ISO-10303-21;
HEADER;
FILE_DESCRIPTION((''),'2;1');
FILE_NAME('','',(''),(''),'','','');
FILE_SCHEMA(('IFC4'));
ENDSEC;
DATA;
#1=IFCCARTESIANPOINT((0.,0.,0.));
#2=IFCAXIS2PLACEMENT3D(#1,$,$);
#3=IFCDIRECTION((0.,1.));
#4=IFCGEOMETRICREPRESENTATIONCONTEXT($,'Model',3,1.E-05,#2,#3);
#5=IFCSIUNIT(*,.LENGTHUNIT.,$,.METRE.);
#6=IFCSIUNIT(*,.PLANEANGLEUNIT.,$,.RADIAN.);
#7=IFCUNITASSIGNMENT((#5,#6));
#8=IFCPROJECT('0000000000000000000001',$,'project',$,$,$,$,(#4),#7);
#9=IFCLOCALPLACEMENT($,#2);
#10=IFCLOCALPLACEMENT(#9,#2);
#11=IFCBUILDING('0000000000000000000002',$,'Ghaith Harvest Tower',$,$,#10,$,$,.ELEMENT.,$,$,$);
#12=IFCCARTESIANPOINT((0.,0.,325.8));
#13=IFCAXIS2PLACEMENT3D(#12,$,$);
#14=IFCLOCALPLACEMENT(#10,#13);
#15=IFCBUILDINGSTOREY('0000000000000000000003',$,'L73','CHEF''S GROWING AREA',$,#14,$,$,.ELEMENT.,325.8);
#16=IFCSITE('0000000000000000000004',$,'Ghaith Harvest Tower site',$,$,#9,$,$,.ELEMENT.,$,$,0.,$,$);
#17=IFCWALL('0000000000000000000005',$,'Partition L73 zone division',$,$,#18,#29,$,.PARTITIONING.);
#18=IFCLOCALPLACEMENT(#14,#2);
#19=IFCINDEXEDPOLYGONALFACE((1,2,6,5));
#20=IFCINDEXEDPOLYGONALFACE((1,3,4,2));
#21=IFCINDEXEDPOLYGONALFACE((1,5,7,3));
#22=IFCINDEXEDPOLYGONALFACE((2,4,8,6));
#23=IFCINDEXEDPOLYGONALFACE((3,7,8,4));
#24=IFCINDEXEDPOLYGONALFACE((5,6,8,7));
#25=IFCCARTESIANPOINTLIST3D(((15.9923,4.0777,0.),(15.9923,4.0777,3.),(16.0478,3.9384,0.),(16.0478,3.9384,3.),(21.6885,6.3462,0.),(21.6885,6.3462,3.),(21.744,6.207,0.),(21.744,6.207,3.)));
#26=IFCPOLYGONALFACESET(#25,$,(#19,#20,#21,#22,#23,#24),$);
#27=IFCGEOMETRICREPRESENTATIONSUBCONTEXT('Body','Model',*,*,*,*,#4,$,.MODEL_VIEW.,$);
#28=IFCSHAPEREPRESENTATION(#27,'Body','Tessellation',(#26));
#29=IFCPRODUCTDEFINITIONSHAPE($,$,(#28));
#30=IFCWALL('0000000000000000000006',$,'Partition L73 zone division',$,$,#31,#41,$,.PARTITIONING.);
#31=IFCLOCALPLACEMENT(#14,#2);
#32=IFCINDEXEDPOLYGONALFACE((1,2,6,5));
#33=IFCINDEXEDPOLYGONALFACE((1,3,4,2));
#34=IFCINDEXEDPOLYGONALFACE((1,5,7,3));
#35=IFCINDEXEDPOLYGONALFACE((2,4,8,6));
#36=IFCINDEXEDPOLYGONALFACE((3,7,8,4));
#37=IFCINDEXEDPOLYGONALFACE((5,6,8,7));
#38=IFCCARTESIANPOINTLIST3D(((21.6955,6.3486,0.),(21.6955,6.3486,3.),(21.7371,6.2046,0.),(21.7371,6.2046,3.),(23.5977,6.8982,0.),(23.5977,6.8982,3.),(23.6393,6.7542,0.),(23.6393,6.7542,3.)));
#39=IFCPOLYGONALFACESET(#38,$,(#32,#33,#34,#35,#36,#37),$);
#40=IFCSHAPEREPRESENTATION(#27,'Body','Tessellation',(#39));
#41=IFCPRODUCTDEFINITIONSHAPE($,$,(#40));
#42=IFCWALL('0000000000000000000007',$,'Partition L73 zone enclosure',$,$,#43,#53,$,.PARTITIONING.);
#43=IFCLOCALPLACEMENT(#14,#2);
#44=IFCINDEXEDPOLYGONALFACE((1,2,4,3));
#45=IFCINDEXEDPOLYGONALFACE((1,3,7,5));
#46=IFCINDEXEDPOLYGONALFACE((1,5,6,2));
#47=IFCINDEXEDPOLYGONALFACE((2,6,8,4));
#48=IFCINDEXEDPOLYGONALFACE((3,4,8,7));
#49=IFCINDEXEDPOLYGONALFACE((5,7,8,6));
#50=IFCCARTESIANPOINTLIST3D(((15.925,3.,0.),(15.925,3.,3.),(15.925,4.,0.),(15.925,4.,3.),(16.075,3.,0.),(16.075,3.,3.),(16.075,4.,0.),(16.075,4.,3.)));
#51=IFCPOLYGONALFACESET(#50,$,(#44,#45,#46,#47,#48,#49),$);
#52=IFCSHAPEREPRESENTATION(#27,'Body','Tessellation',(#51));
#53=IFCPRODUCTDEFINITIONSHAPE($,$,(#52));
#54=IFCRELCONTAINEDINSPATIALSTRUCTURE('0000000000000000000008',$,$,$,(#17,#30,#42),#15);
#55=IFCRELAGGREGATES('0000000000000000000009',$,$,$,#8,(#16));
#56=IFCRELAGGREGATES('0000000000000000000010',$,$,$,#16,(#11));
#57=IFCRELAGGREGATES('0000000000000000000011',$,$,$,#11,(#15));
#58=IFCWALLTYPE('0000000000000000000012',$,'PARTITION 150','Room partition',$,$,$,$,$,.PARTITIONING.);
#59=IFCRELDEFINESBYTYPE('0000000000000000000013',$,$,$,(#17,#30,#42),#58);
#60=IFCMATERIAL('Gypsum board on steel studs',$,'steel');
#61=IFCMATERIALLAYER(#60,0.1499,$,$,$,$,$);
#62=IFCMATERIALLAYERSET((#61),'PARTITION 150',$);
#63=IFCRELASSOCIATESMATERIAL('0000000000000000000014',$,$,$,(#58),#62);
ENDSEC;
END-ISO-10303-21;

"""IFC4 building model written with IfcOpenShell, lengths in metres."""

from ifc_helpers import new_model, si_unit, direction, frame, frame_2d, origin, place, context, subcontext, project, spatial, rectangle, extrude, material, layer, layer_set, type_object, element, save


model = new_model("IFC4")

# Units and contexts
model_context = context("Model", 3, precision=1e-05, world=origin(), true_north=direction((0.0, 1.0)))
body_context = subcontext(model_context, "Body", "Model", "MODEL_VIEW")
ifc_project = project(units=[si_unit("LENGTHUNIT", "METRE"), si_unit("PLANEANGLEUNIT", "RADIAN")], contexts=[model_context])

# Site, building, storey
site_placement = place(None, origin())
site = spatial("IfcSite", under=ifc_project, at=site_placement, Name="Ghaith Harvest Tower site", CompositionType="ELEMENT", RefElevation=0.0)
building_placement = place(site_placement, origin())
building = spatial("IfcBuilding", under=site, at=building_placement, Name="Ghaith Harvest Tower", CompositionType="ELEMENT")
storey_placement = place(building_placement, frame((0.0, 0.0, 325.8)))
storey = spatial("IfcBuildingStorey", under=building, at=storey_placement, Name="L73", Description="CHEF'S GROWING AREA", CompositionType="ELEMENT", Elevation=325.8)

# Walls
ifc_material_1 = material(Name="Gypsum board on steel studs", Category="steel")
ifc_layer_1 = layer(ifc_material_1, 0.1499)
ifc_layer_set_1 = layer_set([ifc_layer_1], Name="PARTITION 150")
wall_type = type_object("IfcWallType", Name="PARTITION 150", Description="Room partition", PredefinedType="PARTITIONING", material=ifc_layer_set_1)
wall_1_placement = place(storey_placement, frame((16.02, 4.0081, 0.0), z_axis=(0.0, 0.0, 1.0), x_axis=(0.929036, 0.36999, 0.0)))
element("IfcWall", 1, at=wall_1_placement, inside=storey, type_object=wall_type, Name="Partition L73 zone division", PredefinedType="PARTITIONING", context=body_context, shape_type="SweptSolid", body=[
    extrude(rectangle(XDim=6.1313, YDim=0.1499, at=frame_2d((3.0657, 0.0))), origin(), (0.0, 0.0, 1.0), 3.0),
])
wall_2_placement = place(storey_placement, frame((21.7163, 6.2766, 0.0), z_axis=(0.0, 0.0, 1.0), x_axis=(0.960705, 0.27757, 0.0)))
element("IfcWall", 2, at=wall_2_placement, inside=storey, type_object=wall_type, Name="Partition L73 zone division", PredefinedType="PARTITIONING", context=body_context, shape_type="SweptSolid", body=[
    extrude(rectangle(XDim=1.98, YDim=0.1499, at=frame_2d((0.99, 0.0))), origin(), (0.0, 0.0, 1.0), 3.0),
])

# Wall
wall_3_placement = place(storey_placement, frame((16.0, 3.0, 0.0), z_axis=(0.0, 0.0, 1.0), x_axis=(0.0, 1.0, 0.0)))
element("IfcWall", 3, at=wall_3_placement, inside=storey, type_object=wall_type, Name="Partition L73 zone enclosure", PredefinedType="PARTITIONING", context=body_context, shape_type="SweptSolid", body=[
    extrude(rectangle(XDim=1.0, YDim=0.1499, at=frame_2d((0.5, 0.0))), origin(), (0.0, 0.0, 1.0), 3.0),
])

save(model, "model.ifc")
